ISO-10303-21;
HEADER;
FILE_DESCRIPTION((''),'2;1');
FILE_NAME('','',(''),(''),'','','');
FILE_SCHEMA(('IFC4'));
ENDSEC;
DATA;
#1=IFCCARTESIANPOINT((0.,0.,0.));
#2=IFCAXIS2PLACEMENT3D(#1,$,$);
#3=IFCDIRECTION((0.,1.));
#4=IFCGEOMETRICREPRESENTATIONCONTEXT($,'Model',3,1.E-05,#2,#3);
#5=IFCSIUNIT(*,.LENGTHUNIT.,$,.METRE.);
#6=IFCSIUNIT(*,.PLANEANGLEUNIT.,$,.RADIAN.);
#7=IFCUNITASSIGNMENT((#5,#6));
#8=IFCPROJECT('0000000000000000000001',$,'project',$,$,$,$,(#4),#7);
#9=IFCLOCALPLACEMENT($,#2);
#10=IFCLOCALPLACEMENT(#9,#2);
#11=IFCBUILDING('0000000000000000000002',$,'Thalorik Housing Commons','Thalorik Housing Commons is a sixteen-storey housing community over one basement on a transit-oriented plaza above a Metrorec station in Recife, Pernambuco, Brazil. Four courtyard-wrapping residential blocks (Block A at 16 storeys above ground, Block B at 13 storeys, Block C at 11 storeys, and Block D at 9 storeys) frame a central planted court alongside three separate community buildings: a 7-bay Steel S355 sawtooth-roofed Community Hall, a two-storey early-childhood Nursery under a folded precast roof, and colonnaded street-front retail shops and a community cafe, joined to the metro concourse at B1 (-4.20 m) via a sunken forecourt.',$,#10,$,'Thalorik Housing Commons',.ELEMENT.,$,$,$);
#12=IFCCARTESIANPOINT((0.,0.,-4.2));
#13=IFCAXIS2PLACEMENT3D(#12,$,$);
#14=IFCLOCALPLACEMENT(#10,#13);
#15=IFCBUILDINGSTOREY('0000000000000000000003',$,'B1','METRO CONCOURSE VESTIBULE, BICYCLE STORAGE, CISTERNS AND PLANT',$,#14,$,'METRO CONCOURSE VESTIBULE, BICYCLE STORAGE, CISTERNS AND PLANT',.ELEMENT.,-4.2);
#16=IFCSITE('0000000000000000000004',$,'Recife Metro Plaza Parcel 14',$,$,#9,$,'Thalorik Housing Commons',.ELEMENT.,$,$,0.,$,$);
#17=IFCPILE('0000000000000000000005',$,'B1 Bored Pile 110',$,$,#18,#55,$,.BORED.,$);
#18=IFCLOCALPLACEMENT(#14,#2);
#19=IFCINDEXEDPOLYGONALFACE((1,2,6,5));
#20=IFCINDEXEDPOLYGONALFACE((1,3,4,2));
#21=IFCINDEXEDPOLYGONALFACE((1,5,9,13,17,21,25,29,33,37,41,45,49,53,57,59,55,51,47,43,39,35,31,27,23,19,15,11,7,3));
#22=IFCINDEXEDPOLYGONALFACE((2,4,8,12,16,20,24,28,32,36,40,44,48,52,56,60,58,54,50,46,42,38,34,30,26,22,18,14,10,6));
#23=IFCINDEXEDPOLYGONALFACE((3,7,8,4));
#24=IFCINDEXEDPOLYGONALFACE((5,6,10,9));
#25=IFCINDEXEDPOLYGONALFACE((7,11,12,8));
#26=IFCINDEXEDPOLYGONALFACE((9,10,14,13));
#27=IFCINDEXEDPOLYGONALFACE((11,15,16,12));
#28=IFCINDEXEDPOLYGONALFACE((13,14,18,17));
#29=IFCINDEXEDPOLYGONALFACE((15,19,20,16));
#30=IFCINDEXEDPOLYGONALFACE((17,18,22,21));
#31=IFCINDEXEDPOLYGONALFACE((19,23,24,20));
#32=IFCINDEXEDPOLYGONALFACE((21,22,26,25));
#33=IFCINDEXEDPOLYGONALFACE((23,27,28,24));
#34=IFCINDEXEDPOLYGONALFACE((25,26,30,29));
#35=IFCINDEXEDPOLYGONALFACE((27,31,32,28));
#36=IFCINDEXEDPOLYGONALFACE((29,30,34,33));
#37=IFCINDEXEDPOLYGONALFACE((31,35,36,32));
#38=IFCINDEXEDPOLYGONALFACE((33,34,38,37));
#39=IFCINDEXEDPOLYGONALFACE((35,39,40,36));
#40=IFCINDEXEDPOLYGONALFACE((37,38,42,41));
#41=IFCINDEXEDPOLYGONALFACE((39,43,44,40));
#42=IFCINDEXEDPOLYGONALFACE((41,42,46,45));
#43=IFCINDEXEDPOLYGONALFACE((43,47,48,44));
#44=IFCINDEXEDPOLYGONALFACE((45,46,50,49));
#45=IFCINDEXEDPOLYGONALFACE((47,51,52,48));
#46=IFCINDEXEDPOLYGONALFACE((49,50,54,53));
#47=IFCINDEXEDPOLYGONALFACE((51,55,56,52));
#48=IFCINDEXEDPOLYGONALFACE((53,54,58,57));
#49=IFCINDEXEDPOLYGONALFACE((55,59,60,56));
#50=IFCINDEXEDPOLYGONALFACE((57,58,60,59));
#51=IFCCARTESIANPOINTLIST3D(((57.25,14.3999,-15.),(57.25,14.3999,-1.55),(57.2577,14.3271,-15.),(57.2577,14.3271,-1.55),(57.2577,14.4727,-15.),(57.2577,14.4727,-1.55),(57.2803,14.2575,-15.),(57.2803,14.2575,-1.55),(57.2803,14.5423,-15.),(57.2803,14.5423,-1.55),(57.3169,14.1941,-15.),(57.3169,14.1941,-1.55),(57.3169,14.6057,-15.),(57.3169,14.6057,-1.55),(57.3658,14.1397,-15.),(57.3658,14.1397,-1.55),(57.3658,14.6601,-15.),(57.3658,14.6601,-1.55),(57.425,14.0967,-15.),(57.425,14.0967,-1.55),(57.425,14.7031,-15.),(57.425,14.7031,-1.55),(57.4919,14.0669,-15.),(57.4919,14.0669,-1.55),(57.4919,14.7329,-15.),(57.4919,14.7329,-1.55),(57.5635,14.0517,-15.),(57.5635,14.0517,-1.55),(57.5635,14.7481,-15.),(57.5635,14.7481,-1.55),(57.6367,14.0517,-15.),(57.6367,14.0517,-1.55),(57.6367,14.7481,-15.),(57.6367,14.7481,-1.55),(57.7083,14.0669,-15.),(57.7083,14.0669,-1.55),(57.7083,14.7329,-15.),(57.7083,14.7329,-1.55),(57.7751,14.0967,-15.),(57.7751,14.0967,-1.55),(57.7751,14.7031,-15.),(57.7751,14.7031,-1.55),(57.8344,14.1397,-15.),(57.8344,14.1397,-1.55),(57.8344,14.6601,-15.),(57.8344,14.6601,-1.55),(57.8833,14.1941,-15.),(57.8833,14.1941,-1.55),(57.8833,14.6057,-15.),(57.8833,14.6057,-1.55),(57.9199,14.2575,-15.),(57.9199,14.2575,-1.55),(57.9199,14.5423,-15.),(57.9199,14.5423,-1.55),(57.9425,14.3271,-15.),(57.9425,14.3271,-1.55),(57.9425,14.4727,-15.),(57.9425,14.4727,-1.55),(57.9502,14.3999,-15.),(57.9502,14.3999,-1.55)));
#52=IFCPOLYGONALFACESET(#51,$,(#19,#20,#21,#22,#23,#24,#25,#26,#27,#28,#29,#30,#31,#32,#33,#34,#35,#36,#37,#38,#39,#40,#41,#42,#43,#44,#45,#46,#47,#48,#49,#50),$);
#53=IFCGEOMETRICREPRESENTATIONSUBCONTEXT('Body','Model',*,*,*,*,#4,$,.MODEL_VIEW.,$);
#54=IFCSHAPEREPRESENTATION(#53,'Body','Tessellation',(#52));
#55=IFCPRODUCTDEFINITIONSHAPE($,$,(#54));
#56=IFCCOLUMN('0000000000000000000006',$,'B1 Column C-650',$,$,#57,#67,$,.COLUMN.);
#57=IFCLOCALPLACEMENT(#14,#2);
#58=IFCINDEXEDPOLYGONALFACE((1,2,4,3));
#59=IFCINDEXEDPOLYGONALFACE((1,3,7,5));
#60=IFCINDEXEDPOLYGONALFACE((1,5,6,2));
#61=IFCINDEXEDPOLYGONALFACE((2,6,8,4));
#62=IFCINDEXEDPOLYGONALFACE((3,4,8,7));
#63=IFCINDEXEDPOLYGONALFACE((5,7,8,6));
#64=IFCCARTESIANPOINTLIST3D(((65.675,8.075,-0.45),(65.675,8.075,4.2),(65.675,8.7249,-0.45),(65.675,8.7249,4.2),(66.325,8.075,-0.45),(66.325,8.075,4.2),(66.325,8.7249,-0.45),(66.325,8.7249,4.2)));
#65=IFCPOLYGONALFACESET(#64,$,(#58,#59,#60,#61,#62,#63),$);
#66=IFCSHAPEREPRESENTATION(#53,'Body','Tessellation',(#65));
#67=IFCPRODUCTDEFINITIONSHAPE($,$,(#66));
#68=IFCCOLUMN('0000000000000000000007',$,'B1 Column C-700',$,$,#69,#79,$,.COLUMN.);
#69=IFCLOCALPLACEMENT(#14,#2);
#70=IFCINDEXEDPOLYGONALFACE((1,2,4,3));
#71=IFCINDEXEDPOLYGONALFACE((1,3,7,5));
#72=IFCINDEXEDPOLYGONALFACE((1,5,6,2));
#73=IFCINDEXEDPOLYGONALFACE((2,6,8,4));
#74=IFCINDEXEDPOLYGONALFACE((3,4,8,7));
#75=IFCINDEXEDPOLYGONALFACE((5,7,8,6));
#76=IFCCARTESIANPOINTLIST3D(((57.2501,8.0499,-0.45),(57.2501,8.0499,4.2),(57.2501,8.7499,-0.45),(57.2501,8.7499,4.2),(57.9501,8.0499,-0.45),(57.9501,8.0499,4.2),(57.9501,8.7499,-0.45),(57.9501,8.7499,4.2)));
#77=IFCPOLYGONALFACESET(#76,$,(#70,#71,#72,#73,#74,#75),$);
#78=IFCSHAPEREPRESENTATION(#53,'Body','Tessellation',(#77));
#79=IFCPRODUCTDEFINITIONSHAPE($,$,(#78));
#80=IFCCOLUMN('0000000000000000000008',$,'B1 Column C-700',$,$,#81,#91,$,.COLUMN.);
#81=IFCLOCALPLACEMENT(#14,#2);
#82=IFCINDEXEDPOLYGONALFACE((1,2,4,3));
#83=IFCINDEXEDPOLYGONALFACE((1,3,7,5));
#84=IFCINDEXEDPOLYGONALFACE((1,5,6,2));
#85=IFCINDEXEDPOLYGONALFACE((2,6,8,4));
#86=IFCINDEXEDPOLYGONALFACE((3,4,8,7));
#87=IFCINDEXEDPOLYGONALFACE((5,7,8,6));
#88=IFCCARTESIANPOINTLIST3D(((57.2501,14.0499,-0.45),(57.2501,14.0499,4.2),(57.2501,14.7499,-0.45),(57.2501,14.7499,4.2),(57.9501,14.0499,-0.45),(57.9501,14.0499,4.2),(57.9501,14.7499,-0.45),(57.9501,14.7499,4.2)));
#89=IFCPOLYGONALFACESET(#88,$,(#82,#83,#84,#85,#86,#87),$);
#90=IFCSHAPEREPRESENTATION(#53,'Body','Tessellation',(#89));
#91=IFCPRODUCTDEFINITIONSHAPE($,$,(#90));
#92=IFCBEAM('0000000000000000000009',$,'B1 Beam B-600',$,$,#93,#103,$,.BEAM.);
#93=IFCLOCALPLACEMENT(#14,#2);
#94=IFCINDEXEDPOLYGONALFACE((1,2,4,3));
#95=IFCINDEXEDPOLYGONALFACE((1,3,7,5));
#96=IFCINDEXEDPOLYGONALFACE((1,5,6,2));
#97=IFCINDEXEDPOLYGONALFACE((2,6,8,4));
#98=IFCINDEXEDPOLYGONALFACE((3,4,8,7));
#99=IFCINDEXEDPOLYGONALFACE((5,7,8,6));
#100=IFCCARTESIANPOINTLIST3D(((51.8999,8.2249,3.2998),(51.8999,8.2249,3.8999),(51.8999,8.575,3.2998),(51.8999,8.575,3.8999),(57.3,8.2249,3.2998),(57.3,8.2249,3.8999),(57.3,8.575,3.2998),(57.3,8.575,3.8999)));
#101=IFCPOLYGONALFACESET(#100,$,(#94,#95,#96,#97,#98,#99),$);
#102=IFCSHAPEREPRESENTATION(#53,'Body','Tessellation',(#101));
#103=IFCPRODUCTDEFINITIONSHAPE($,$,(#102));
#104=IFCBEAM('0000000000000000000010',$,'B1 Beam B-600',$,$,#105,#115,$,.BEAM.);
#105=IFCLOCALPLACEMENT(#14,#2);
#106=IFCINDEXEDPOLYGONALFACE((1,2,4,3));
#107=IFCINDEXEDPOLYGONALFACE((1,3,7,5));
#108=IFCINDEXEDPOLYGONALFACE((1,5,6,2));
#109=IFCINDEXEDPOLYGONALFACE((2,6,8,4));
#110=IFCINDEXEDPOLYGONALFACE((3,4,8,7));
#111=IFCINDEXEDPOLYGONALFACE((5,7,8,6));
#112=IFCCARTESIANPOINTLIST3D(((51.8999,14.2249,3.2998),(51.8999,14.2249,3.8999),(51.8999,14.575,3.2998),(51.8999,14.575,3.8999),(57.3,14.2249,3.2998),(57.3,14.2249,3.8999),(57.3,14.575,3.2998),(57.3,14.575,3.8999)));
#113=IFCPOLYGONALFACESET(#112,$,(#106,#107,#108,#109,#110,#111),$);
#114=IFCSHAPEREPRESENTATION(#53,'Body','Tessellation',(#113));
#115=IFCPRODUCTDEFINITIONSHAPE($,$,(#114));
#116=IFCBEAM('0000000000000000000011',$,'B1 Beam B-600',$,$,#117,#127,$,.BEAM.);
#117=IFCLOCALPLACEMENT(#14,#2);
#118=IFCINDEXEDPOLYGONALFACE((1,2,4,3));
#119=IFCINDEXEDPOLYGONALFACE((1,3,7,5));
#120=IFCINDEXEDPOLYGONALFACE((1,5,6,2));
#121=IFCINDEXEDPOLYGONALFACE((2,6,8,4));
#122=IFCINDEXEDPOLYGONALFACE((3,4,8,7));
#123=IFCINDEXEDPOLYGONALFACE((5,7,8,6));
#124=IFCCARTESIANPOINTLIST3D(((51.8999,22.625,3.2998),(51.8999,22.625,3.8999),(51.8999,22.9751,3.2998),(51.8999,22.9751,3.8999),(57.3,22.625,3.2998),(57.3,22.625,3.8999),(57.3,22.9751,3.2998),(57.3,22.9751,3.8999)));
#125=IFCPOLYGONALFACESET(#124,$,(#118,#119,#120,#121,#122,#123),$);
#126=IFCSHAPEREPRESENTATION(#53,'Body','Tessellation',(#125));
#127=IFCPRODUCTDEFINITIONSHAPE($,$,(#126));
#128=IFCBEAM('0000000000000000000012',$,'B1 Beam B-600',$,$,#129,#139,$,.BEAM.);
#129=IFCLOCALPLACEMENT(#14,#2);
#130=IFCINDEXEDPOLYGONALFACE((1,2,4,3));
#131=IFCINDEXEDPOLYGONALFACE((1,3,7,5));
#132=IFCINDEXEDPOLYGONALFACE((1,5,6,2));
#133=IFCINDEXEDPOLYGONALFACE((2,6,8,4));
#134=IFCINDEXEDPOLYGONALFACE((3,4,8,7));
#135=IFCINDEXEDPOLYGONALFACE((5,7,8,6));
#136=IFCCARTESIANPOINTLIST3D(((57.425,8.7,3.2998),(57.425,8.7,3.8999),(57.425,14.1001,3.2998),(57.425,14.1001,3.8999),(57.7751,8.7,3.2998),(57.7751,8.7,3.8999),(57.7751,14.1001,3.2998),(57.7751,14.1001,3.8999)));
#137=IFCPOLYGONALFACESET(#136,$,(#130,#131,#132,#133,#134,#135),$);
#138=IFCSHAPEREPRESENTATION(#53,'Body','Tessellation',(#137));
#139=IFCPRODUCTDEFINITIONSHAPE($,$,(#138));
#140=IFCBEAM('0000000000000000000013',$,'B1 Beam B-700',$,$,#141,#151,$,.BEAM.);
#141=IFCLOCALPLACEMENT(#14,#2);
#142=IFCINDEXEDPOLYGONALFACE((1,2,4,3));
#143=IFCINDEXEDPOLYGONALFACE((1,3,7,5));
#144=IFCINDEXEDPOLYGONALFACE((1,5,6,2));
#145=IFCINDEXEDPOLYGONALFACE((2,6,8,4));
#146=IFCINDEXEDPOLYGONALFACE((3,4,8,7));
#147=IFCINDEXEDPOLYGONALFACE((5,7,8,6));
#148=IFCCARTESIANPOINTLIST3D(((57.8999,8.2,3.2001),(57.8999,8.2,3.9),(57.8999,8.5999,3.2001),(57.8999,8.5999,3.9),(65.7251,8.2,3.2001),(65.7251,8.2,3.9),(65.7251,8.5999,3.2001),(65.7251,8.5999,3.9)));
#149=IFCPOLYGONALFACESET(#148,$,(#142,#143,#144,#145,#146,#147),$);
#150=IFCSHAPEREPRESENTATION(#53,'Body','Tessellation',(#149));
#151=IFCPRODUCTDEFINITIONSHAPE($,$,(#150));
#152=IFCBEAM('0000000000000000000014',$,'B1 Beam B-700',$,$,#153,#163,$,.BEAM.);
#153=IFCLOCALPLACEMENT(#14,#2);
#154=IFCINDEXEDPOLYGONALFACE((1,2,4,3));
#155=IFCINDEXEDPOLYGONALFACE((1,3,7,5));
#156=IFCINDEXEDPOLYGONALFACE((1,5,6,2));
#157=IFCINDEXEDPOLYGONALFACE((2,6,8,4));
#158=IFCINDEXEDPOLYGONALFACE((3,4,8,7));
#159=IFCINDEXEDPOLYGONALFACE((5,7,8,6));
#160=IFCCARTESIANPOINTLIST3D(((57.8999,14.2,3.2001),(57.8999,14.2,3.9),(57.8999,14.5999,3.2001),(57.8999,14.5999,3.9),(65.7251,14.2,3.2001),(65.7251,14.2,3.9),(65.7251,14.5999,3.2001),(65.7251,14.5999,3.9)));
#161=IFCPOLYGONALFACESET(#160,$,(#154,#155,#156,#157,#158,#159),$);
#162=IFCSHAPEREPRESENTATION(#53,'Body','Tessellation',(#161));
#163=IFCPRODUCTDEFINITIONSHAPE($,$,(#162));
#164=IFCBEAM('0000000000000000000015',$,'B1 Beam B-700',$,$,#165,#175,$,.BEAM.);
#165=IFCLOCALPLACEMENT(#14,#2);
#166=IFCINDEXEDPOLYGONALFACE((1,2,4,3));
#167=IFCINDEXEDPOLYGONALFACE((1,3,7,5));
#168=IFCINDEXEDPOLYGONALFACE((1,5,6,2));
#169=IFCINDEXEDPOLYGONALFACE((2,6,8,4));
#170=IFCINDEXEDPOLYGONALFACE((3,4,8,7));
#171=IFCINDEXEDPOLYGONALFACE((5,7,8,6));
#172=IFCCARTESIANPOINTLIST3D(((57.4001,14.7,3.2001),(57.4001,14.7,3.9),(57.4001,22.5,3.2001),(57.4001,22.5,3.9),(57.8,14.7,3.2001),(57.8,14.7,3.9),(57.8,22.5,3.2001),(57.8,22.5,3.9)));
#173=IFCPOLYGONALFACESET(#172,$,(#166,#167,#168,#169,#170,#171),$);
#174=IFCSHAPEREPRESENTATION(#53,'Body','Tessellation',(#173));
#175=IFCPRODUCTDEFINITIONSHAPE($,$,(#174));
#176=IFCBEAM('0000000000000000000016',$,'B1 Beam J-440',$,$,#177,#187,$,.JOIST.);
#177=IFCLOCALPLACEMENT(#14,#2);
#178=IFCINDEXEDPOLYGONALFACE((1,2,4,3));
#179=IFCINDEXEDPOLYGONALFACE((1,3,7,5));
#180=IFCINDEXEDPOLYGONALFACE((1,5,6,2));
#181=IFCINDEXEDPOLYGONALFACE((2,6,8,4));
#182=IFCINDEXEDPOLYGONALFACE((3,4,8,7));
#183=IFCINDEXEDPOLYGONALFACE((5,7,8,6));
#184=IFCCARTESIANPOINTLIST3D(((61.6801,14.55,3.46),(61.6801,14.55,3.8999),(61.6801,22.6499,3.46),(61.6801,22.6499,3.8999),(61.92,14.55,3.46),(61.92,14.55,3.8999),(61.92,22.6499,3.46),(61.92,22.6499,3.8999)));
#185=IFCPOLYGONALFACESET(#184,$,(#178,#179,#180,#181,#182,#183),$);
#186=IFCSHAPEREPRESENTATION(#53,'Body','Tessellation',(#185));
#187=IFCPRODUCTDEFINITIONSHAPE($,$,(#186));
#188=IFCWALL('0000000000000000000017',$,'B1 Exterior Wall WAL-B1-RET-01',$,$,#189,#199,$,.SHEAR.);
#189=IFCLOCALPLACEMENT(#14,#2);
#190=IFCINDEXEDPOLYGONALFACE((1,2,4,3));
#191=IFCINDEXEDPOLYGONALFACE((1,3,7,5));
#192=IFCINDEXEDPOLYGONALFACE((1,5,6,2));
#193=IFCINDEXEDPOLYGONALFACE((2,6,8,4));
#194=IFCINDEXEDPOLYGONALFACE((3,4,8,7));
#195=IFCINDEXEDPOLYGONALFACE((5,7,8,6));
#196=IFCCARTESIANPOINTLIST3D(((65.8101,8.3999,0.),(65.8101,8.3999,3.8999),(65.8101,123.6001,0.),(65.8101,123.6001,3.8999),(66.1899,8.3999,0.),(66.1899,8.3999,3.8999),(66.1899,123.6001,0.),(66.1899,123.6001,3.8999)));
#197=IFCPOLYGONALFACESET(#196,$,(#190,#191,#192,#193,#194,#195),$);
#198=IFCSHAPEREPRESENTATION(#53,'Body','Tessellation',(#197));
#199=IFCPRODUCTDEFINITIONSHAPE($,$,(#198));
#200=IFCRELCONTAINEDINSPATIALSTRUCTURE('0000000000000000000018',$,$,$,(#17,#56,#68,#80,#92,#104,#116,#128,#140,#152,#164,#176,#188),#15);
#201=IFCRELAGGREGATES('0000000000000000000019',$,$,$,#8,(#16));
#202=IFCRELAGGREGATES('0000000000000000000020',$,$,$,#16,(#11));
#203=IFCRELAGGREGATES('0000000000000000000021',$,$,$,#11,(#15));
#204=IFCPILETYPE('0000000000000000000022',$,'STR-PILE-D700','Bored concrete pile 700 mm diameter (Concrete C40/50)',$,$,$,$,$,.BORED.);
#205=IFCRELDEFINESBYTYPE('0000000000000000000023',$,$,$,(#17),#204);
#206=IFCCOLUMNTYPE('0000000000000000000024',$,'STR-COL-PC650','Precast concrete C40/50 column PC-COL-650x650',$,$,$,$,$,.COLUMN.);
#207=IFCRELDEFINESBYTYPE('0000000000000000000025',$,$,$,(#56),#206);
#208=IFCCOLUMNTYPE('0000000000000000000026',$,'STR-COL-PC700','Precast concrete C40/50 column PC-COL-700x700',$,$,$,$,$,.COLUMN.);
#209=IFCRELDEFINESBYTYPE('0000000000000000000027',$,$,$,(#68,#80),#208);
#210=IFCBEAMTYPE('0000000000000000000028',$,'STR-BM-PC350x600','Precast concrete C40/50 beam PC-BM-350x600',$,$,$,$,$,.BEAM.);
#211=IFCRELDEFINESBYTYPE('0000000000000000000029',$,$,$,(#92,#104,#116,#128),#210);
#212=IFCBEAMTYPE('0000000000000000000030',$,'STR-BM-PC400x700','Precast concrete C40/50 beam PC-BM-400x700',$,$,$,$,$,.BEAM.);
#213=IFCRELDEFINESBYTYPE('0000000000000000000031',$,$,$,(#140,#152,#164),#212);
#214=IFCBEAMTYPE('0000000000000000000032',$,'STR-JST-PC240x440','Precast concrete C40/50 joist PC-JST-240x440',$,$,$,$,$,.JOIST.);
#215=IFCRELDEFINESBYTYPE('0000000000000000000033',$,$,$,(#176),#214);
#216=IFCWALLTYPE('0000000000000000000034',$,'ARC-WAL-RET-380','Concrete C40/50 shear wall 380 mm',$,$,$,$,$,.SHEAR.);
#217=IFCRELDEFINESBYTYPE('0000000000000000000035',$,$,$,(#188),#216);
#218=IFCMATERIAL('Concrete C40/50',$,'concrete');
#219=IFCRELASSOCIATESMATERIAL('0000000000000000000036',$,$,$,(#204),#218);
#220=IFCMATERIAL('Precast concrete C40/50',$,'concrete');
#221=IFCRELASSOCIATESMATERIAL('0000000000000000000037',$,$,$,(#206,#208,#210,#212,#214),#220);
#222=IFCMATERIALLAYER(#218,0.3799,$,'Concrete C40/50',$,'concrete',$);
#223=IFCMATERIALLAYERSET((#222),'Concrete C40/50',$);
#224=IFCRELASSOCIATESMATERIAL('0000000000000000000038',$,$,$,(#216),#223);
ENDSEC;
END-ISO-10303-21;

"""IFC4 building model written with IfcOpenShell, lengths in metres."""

from ifc_helpers import new_model, si_unit, direction, frame, frame_2d, origin, origin_2d, place, context, subcontext, project, spatial, rectangle, circle, extrude, material, layer, layer_set, material_profile, profile_set, type_object, element, save


model = new_model("IFC4")

# Units and contexts
model_context = context("Model", 3, precision=1e-05, world=origin(), true_north=direction((0.0, 1.0)))
body_context = subcontext(model_context, "Body", "Model", "MODEL_VIEW")
ifc_project = project(units=[si_unit("LENGTHUNIT", "METRE"), si_unit("PLANEANGLEUNIT", "RADIAN")], contexts=[model_context])

# Site, building, storey
site_placement = place(None, origin())
site = spatial("IfcSite", under=ifc_project, at=site_placement, Name="Recife Metro Plaza Parcel 14", LongName="Thalorik Housing Commons", CompositionType="ELEMENT", RefElevation=0.0)
building_placement = place(site_placement, origin())
building = spatial("IfcBuilding", under=site, at=building_placement, Name="Thalorik Housing Commons", Description="Thalorik Housing Commons is a sixteen-storey housing community over one basement on a transit-oriented plaza above a Metrorec station in Recife, Pernambuco, Brazil. Four courtyard-wrapping residential blocks (Block A at 16 storeys above ground, Block B at 13 storeys, Block C at 11 storeys, and Block D at 9 storeys) frame a central planted court alongside three separate community buildings: a 7-bay Steel S355 sawtooth-roofed Community Hall, a two-storey early-childhood Nursery under a folded precast roof, and colonnaded street-front retail shops and a community cafe, joined to the metro concourse at B1 (-4.20 m) via a sunken forecourt.", LongName="Thalorik Housing Commons", CompositionType="ELEMENT")
storey_placement = place(building_placement, frame((0.0, 0.0, -4.2)))
storey = spatial("IfcBuildingStorey", under=building, at=storey_placement, Name="B1", Description="METRO CONCOURSE VESTIBULE, BICYCLE STORAGE, CISTERNS AND PLANT", LongName="METRO CONCOURSE VESTIBULE, BICYCLE STORAGE, CISTERNS AND PLANT", CompositionType="ELEMENT", Elevation=-4.2)

# Shared definitions
ifc_material_1 = material(Name="Concrete C40/50", Category="concrete")

# Pile
ifc_material_profile_1 = material_profile(ifc_material_1, circle(Radius=0.3501, at=origin_2d()), Name="BORED PILE D700", Category="concrete")
ifc_profile_set_1 = profile_set([ifc_material_profile_1], Name="Concrete C40/50")
pile_type = type_object("IfcPileType", Name="STR-PILE-D700", Description="Bored concrete pile 700 mm diameter (Concrete C40/50)", PredefinedType="BORED", material=ifc_profile_set_1)
for number, where, z_axis, x_axis, name in (
    (1, (57.6001, 14.3999, -1.55), (0.0, 0.0, -1.0), (1.0, 0.0, 0.0), "B1 Bored Pile 110"),
):
    element("IfcPile", number, at=place(storey_placement, frame(where, z_axis=z_axis, x_axis=x_axis)), inside=storey, type_object=pile_type, Name=name, PredefinedType="BORED", context=body_context, shape_type="SweptSolid", body=[
        extrude(circle(Radius=0.3501, at=origin_2d()), origin(), (0.0, 0.0, 1.0), 13.45),
    ])

# Columns
ifc_material_2 = material(Name="Precast concrete C40/50", Category="concrete")
ifc_material_profile_2 = material_profile(ifc_material_2, rectangle(XDim=0.6499, YDim=0.6499, at=origin_2d()), Name="PC 650x650", Category="concrete")
ifc_profile_set_2 = profile_set([ifc_material_profile_2], Name="Precast concrete C40/50")
column_type_1 = type_object("IfcColumnType", Name="STR-COL-PC650", Description="Precast concrete C40/50 column PC-COL-650x650", PredefinedType="COLUMN", material=ifc_profile_set_2)
column_placement = place(storey_placement, frame((66.0, 8.3999, -0.45), z_axis=(0.0, 0.0, 1.0), x_axis=(1.0, 0.0, 0.0)))
element("IfcColumn", 2, at=column_placement, inside=storey, type_object=column_type_1, Name="B1 Column C-650", PredefinedType="COLUMN", context=body_context, shape_type="SweptSolid", body=[
    extrude(rectangle(XDim=0.6499, YDim=0.6499, at=origin_2d()), origin(), (0.0, 0.0, 1.0), 4.6499),
])
ifc_material_profile_3 = material_profile(ifc_material_2, rectangle(XDim=0.7, YDim=0.7, at=origin_2d()), Name="PC 700x700", Category="concrete")
ifc_profile_set_3 = profile_set([ifc_material_profile_3], Name="Precast concrete C40/50")
column_type_2 = type_object("IfcColumnType", Name="STR-COL-PC700", Description="Precast concrete C40/50 column PC-COL-700x700", PredefinedType="COLUMN", material=ifc_profile_set_3)
for number, where, z_axis, x_axis, name in (
    (3, (57.6001, 8.3999, -0.45), (0.0, 0.0, 1.0), (1.0, 0.0, 0.0), "B1 Column C-700"),
    (4, (57.6001, 14.3999, -0.45), (0.0, 0.0, 1.0), (1.0, 0.0, 0.0), "B1 Column C-700"),
):
    element("IfcColumn", number, at=place(storey_placement, frame(where, z_axis=z_axis, x_axis=x_axis)), inside=storey, type_object=column_type_2, Name=name, PredefinedType="COLUMN", context=body_context, shape_type="SweptSolid", body=[
        extrude(rectangle(XDim=0.7, YDim=0.7, at=origin_2d()), origin(), (0.0, 0.0, 1.0), 4.6499),
    ])

# Beams
ifc_material_profile_4 = material_profile(ifc_material_2, rectangle(XDim=0.3501, YDim=0.6001, at=origin_2d()), Name="PC 350x600", Category="concrete")
ifc_profile_set_4 = profile_set([ifc_material_profile_4], Name="Precast concrete C40/50")
beam_type_1 = type_object("IfcBeamType", Name="STR-BM-PC350x600", Description="Precast concrete C40/50 beam PC-BM-350x600", PredefinedType="BEAM", material=ifc_profile_set_4)
for number, where, z_axis, x_axis, name in (
    (5, (51.8999, 8.3999, 3.5999), (1.0, 0.0, 0.0), (0.0, 1.0, 0.0), "B1 Beam B-600"),
    (6, (51.8999, 14.3999, 3.5999), (1.0, 0.0, 0.0), (0.0, 1.0, 0.0), "B1 Beam B-600"),
    (7, (51.8999, 22.8, 3.5999), (1.0, 0.0, 0.0), (0.0, 1.0, 0.0), "B1 Beam B-600"),
    (8, (57.6001, 8.7, 3.5999), (0.0, 1.0, 0.0), (-1.0, 0.0, 0.0), "B1 Beam B-600"),
):
    element("IfcBeam", number, at=place(storey_placement, frame(where, z_axis=z_axis, x_axis=x_axis)), inside=storey, type_object=beam_type_1, Name=name, PredefinedType="BEAM", context=body_context, shape_type="SweptSolid", body=[
        extrude(rectangle(XDim=0.3501, YDim=0.6001, at=origin_2d()), origin(), (0.0, 0.0, 1.0), 5.4001),
    ])
ifc_material_profile_5 = material_profile(ifc_material_2, rectangle(XDim=0.3999, YDim=0.7, at=origin_2d()), Name="PC 400x700", Category="concrete")
ifc_profile_set_5 = profile_set([ifc_material_profile_5], Name="Precast concrete C40/50")
beam_type_2 = type_object("IfcBeamType", Name="STR-BM-PC400x700", Description="Precast concrete C40/50 beam PC-BM-400x700", PredefinedType="BEAM", material=ifc_profile_set_5)
for number, where, z_axis, x_axis, name in (
    (9, (57.8999, 8.3999, 3.55), (1.0, 0.0, 0.0), (0.0, 1.0, 0.0), "B1 Beam B-700"),
    (10, (57.8999, 14.3999, 3.55), (1.0, 0.0, 0.0), (0.0, 1.0, 0.0), "B1 Beam B-700"),
):
    element("IfcBeam", number, at=place(storey_placement, frame(where, z_axis=z_axis, x_axis=x_axis)), inside=storey, type_object=beam_type_2, Name=name, PredefinedType="BEAM", context=body_context, shape_type="SweptSolid", body=[
        extrude(rectangle(XDim=0.3999, YDim=0.7, at=origin_2d()), origin(), (0.0, 0.0, 1.0), 7.8252),
    ])
beam_1_placement = place(storey_placement, frame((57.6001, 14.7, 3.55), z_axis=(0.0, 1.0, 0.0), x_axis=(-1.0, 0.0, 0.0)))
element("IfcBeam", 11, at=beam_1_placement, inside=storey, type_object=beam_type_2, Name="B1 Beam B-700", PredefinedType="BEAM", context=body_context, shape_type="SweptSolid", body=[
    extrude(rectangle(XDim=0.3999, YDim=0.7, at=origin_2d()), origin(), (0.0, 0.0, 1.0), 7.8),
])
ifc_material_profile_6 = material_profile(ifc_material_2, rectangle(XDim=0.24, YDim=0.4399, at=origin_2d()), Name="PC JST 240x440", Category="concrete")
ifc_profile_set_6 = profile_set([ifc_material_profile_6], Name="Precast concrete C40/50")
beam_type_3 = type_object("IfcBeamType", Name="STR-JST-PC240x440", Description="Precast concrete C40/50 joist PC-JST-240x440", PredefinedType="JOIST", material=ifc_profile_set_6)
beam_2_placement = place(storey_placement, frame((61.8, 14.55, 3.6799), z_axis=(0.0, 1.0, 0.0), x_axis=(-1.0, 0.0, 0.0)))
element("IfcBeam", 12, at=beam_2_placement, inside=storey, type_object=beam_type_3, Name="B1 Beam J-440", PredefinedType="JOIST", context=body_context, shape_type="SweptSolid", body=[
    extrude(rectangle(XDim=0.24, YDim=0.4399, at=origin_2d()), origin(), (0.0, 0.0, 1.0), 8.0999),
])

# Wall
ifc_layer = layer(ifc_material_1, 0.3799, Name="Concrete C40/50", Category="concrete")
ifc_layer_set = layer_set([ifc_layer], Name="Concrete C40/50")
wall_type = type_object("IfcWallType", Name="ARC-WAL-RET-380", Description="Concrete C40/50 shear wall 380 mm", PredefinedType="SHEAR", material=ifc_layer_set)
wall_placement = place(storey_placement, frame((66.0, 8.3999, 0.0), z_axis=(0.0, 0.0, 1.0), x_axis=(0.0, 1.0, 0.0)))
element("IfcWall", 13, at=wall_placement, inside=storey, type_object=wall_type, Name="B1 Exterior Wall WAL-B1-RET-01", PredefinedType="SHEAR", context=body_context, shape_type="SweptSolid", body=[
    extrude(rectangle(XDim=115.2002, YDim=0.3799, at=frame_2d((57.6001, 0.0))), origin(), (0.0, 0.0, 1.0), 3.8999),
])

save(model, "model.ifc")
